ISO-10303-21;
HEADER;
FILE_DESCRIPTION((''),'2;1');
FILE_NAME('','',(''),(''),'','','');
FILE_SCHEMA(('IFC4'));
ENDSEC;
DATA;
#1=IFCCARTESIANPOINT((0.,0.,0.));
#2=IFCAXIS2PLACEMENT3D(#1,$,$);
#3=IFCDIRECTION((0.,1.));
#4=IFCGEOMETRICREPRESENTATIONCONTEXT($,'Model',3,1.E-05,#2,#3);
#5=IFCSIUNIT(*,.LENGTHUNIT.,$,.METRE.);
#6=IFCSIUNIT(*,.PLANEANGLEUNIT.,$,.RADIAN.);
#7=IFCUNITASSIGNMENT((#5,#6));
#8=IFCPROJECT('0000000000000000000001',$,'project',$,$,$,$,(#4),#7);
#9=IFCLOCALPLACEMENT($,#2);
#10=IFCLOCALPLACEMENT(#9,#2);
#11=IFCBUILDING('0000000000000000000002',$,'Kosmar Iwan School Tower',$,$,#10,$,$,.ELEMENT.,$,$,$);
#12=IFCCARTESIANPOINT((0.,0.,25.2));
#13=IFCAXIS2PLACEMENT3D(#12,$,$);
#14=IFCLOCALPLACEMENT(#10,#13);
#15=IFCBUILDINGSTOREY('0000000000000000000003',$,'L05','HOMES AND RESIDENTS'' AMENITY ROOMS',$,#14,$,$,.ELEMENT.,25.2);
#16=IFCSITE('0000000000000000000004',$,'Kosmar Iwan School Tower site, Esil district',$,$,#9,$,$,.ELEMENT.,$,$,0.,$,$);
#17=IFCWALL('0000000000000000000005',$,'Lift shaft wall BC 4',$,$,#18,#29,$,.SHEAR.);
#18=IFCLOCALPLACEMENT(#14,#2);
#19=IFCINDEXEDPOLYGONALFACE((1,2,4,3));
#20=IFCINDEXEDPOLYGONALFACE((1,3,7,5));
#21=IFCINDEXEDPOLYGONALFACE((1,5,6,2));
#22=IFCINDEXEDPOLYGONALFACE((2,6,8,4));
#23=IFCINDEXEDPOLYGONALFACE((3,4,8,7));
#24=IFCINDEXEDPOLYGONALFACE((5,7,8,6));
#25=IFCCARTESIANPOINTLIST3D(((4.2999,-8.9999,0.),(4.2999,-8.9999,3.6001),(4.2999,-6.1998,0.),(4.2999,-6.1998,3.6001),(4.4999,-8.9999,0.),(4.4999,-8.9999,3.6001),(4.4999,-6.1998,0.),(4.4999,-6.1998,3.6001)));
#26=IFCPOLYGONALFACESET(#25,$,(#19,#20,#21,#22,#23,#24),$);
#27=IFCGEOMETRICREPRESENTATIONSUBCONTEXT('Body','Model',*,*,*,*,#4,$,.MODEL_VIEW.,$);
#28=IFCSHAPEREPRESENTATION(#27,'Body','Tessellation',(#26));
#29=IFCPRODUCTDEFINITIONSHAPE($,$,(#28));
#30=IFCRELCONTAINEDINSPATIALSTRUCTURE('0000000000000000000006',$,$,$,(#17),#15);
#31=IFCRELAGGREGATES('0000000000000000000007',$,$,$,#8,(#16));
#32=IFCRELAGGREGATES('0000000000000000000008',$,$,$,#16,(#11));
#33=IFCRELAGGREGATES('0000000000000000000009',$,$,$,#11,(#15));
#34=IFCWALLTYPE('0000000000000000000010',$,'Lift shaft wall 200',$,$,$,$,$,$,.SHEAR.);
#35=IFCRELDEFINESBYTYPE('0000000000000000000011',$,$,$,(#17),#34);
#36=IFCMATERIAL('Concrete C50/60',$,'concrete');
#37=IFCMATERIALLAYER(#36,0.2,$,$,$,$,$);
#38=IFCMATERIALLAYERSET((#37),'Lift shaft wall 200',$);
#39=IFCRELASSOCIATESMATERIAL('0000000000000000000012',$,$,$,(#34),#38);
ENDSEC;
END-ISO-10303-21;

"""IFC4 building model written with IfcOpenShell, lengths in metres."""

from ifc_helpers import new_model, si_unit, direction, frame, frame_2d, origin, place, context, subcontext, project, spatial, rectangle, extrude, material, layer, layer_set, type_object, element, save


model = new_model("IFC4")

# Units and contexts
model_context = context("Model", 3, precision=1e-05, world=origin(), true_north=direction((0.0, 1.0)))
body_context = subcontext(model_context, "Body", "Model", "MODEL_VIEW")
ifc_project = project(units=[si_unit("LENGTHUNIT", "METRE"), si_unit("PLANEANGLEUNIT", "RADIAN")], contexts=[model_context])

# Site, building, storey
site_placement = place(None, origin())
site = spatial("IfcSite", under=ifc_project, at=site_placement, Name="Kosmar Iwan School Tower site, Esil district", CompositionType="ELEMENT", RefElevation=0.0)
building_placement = place(site_placement, origin())
building = spatial("IfcBuilding", under=site, at=building_placement, Name="Kosmar Iwan School Tower", CompositionType="ELEMENT")
storey_placement = place(building_placement, frame((0.0, 0.0, 25.2)))
storey = spatial("IfcBuildingStorey", under=building, at=storey_placement, Name="L05", Description="HOMES AND RESIDENTS' AMENITY ROOMS", CompositionType="ELEMENT", Elevation=25.2)

# Wall
ifc_material_1 = material(Name="Concrete C50/60", Category="concrete")
ifc_layer_1 = layer(ifc_material_1, 0.2)
ifc_layer_set_1 = layer_set([ifc_layer_1], Name="Lift shaft wall 200")
wall_type_1 = type_object("IfcWallType", Name="Lift shaft wall 200", PredefinedType="SHEAR", material=ifc_layer_set_1)
for number, where, z_axis, x_axis, name in (
    (1, (4.3999, -6.2, 0.0), (0.0, 0.0, 1.0), (0.0, -1.0, 0.0), "Lift shaft wall BC 4"),
):
    element("IfcWall", number, at=place(storey_placement, frame(where, z_axis=z_axis, x_axis=x_axis)), inside=storey, type_object=wall_type_1, Name=name, PredefinedType="SHEAR", context=body_context, shape_type="SweptSolid", body=[
        extrude(rectangle(XDim=2.8, YDim=0.2, at=frame_2d((1.3999, 0.0))), origin(), (0.0, 0.0, 1.0), 3.6001),
    ])

save(model, "model.ifc")
